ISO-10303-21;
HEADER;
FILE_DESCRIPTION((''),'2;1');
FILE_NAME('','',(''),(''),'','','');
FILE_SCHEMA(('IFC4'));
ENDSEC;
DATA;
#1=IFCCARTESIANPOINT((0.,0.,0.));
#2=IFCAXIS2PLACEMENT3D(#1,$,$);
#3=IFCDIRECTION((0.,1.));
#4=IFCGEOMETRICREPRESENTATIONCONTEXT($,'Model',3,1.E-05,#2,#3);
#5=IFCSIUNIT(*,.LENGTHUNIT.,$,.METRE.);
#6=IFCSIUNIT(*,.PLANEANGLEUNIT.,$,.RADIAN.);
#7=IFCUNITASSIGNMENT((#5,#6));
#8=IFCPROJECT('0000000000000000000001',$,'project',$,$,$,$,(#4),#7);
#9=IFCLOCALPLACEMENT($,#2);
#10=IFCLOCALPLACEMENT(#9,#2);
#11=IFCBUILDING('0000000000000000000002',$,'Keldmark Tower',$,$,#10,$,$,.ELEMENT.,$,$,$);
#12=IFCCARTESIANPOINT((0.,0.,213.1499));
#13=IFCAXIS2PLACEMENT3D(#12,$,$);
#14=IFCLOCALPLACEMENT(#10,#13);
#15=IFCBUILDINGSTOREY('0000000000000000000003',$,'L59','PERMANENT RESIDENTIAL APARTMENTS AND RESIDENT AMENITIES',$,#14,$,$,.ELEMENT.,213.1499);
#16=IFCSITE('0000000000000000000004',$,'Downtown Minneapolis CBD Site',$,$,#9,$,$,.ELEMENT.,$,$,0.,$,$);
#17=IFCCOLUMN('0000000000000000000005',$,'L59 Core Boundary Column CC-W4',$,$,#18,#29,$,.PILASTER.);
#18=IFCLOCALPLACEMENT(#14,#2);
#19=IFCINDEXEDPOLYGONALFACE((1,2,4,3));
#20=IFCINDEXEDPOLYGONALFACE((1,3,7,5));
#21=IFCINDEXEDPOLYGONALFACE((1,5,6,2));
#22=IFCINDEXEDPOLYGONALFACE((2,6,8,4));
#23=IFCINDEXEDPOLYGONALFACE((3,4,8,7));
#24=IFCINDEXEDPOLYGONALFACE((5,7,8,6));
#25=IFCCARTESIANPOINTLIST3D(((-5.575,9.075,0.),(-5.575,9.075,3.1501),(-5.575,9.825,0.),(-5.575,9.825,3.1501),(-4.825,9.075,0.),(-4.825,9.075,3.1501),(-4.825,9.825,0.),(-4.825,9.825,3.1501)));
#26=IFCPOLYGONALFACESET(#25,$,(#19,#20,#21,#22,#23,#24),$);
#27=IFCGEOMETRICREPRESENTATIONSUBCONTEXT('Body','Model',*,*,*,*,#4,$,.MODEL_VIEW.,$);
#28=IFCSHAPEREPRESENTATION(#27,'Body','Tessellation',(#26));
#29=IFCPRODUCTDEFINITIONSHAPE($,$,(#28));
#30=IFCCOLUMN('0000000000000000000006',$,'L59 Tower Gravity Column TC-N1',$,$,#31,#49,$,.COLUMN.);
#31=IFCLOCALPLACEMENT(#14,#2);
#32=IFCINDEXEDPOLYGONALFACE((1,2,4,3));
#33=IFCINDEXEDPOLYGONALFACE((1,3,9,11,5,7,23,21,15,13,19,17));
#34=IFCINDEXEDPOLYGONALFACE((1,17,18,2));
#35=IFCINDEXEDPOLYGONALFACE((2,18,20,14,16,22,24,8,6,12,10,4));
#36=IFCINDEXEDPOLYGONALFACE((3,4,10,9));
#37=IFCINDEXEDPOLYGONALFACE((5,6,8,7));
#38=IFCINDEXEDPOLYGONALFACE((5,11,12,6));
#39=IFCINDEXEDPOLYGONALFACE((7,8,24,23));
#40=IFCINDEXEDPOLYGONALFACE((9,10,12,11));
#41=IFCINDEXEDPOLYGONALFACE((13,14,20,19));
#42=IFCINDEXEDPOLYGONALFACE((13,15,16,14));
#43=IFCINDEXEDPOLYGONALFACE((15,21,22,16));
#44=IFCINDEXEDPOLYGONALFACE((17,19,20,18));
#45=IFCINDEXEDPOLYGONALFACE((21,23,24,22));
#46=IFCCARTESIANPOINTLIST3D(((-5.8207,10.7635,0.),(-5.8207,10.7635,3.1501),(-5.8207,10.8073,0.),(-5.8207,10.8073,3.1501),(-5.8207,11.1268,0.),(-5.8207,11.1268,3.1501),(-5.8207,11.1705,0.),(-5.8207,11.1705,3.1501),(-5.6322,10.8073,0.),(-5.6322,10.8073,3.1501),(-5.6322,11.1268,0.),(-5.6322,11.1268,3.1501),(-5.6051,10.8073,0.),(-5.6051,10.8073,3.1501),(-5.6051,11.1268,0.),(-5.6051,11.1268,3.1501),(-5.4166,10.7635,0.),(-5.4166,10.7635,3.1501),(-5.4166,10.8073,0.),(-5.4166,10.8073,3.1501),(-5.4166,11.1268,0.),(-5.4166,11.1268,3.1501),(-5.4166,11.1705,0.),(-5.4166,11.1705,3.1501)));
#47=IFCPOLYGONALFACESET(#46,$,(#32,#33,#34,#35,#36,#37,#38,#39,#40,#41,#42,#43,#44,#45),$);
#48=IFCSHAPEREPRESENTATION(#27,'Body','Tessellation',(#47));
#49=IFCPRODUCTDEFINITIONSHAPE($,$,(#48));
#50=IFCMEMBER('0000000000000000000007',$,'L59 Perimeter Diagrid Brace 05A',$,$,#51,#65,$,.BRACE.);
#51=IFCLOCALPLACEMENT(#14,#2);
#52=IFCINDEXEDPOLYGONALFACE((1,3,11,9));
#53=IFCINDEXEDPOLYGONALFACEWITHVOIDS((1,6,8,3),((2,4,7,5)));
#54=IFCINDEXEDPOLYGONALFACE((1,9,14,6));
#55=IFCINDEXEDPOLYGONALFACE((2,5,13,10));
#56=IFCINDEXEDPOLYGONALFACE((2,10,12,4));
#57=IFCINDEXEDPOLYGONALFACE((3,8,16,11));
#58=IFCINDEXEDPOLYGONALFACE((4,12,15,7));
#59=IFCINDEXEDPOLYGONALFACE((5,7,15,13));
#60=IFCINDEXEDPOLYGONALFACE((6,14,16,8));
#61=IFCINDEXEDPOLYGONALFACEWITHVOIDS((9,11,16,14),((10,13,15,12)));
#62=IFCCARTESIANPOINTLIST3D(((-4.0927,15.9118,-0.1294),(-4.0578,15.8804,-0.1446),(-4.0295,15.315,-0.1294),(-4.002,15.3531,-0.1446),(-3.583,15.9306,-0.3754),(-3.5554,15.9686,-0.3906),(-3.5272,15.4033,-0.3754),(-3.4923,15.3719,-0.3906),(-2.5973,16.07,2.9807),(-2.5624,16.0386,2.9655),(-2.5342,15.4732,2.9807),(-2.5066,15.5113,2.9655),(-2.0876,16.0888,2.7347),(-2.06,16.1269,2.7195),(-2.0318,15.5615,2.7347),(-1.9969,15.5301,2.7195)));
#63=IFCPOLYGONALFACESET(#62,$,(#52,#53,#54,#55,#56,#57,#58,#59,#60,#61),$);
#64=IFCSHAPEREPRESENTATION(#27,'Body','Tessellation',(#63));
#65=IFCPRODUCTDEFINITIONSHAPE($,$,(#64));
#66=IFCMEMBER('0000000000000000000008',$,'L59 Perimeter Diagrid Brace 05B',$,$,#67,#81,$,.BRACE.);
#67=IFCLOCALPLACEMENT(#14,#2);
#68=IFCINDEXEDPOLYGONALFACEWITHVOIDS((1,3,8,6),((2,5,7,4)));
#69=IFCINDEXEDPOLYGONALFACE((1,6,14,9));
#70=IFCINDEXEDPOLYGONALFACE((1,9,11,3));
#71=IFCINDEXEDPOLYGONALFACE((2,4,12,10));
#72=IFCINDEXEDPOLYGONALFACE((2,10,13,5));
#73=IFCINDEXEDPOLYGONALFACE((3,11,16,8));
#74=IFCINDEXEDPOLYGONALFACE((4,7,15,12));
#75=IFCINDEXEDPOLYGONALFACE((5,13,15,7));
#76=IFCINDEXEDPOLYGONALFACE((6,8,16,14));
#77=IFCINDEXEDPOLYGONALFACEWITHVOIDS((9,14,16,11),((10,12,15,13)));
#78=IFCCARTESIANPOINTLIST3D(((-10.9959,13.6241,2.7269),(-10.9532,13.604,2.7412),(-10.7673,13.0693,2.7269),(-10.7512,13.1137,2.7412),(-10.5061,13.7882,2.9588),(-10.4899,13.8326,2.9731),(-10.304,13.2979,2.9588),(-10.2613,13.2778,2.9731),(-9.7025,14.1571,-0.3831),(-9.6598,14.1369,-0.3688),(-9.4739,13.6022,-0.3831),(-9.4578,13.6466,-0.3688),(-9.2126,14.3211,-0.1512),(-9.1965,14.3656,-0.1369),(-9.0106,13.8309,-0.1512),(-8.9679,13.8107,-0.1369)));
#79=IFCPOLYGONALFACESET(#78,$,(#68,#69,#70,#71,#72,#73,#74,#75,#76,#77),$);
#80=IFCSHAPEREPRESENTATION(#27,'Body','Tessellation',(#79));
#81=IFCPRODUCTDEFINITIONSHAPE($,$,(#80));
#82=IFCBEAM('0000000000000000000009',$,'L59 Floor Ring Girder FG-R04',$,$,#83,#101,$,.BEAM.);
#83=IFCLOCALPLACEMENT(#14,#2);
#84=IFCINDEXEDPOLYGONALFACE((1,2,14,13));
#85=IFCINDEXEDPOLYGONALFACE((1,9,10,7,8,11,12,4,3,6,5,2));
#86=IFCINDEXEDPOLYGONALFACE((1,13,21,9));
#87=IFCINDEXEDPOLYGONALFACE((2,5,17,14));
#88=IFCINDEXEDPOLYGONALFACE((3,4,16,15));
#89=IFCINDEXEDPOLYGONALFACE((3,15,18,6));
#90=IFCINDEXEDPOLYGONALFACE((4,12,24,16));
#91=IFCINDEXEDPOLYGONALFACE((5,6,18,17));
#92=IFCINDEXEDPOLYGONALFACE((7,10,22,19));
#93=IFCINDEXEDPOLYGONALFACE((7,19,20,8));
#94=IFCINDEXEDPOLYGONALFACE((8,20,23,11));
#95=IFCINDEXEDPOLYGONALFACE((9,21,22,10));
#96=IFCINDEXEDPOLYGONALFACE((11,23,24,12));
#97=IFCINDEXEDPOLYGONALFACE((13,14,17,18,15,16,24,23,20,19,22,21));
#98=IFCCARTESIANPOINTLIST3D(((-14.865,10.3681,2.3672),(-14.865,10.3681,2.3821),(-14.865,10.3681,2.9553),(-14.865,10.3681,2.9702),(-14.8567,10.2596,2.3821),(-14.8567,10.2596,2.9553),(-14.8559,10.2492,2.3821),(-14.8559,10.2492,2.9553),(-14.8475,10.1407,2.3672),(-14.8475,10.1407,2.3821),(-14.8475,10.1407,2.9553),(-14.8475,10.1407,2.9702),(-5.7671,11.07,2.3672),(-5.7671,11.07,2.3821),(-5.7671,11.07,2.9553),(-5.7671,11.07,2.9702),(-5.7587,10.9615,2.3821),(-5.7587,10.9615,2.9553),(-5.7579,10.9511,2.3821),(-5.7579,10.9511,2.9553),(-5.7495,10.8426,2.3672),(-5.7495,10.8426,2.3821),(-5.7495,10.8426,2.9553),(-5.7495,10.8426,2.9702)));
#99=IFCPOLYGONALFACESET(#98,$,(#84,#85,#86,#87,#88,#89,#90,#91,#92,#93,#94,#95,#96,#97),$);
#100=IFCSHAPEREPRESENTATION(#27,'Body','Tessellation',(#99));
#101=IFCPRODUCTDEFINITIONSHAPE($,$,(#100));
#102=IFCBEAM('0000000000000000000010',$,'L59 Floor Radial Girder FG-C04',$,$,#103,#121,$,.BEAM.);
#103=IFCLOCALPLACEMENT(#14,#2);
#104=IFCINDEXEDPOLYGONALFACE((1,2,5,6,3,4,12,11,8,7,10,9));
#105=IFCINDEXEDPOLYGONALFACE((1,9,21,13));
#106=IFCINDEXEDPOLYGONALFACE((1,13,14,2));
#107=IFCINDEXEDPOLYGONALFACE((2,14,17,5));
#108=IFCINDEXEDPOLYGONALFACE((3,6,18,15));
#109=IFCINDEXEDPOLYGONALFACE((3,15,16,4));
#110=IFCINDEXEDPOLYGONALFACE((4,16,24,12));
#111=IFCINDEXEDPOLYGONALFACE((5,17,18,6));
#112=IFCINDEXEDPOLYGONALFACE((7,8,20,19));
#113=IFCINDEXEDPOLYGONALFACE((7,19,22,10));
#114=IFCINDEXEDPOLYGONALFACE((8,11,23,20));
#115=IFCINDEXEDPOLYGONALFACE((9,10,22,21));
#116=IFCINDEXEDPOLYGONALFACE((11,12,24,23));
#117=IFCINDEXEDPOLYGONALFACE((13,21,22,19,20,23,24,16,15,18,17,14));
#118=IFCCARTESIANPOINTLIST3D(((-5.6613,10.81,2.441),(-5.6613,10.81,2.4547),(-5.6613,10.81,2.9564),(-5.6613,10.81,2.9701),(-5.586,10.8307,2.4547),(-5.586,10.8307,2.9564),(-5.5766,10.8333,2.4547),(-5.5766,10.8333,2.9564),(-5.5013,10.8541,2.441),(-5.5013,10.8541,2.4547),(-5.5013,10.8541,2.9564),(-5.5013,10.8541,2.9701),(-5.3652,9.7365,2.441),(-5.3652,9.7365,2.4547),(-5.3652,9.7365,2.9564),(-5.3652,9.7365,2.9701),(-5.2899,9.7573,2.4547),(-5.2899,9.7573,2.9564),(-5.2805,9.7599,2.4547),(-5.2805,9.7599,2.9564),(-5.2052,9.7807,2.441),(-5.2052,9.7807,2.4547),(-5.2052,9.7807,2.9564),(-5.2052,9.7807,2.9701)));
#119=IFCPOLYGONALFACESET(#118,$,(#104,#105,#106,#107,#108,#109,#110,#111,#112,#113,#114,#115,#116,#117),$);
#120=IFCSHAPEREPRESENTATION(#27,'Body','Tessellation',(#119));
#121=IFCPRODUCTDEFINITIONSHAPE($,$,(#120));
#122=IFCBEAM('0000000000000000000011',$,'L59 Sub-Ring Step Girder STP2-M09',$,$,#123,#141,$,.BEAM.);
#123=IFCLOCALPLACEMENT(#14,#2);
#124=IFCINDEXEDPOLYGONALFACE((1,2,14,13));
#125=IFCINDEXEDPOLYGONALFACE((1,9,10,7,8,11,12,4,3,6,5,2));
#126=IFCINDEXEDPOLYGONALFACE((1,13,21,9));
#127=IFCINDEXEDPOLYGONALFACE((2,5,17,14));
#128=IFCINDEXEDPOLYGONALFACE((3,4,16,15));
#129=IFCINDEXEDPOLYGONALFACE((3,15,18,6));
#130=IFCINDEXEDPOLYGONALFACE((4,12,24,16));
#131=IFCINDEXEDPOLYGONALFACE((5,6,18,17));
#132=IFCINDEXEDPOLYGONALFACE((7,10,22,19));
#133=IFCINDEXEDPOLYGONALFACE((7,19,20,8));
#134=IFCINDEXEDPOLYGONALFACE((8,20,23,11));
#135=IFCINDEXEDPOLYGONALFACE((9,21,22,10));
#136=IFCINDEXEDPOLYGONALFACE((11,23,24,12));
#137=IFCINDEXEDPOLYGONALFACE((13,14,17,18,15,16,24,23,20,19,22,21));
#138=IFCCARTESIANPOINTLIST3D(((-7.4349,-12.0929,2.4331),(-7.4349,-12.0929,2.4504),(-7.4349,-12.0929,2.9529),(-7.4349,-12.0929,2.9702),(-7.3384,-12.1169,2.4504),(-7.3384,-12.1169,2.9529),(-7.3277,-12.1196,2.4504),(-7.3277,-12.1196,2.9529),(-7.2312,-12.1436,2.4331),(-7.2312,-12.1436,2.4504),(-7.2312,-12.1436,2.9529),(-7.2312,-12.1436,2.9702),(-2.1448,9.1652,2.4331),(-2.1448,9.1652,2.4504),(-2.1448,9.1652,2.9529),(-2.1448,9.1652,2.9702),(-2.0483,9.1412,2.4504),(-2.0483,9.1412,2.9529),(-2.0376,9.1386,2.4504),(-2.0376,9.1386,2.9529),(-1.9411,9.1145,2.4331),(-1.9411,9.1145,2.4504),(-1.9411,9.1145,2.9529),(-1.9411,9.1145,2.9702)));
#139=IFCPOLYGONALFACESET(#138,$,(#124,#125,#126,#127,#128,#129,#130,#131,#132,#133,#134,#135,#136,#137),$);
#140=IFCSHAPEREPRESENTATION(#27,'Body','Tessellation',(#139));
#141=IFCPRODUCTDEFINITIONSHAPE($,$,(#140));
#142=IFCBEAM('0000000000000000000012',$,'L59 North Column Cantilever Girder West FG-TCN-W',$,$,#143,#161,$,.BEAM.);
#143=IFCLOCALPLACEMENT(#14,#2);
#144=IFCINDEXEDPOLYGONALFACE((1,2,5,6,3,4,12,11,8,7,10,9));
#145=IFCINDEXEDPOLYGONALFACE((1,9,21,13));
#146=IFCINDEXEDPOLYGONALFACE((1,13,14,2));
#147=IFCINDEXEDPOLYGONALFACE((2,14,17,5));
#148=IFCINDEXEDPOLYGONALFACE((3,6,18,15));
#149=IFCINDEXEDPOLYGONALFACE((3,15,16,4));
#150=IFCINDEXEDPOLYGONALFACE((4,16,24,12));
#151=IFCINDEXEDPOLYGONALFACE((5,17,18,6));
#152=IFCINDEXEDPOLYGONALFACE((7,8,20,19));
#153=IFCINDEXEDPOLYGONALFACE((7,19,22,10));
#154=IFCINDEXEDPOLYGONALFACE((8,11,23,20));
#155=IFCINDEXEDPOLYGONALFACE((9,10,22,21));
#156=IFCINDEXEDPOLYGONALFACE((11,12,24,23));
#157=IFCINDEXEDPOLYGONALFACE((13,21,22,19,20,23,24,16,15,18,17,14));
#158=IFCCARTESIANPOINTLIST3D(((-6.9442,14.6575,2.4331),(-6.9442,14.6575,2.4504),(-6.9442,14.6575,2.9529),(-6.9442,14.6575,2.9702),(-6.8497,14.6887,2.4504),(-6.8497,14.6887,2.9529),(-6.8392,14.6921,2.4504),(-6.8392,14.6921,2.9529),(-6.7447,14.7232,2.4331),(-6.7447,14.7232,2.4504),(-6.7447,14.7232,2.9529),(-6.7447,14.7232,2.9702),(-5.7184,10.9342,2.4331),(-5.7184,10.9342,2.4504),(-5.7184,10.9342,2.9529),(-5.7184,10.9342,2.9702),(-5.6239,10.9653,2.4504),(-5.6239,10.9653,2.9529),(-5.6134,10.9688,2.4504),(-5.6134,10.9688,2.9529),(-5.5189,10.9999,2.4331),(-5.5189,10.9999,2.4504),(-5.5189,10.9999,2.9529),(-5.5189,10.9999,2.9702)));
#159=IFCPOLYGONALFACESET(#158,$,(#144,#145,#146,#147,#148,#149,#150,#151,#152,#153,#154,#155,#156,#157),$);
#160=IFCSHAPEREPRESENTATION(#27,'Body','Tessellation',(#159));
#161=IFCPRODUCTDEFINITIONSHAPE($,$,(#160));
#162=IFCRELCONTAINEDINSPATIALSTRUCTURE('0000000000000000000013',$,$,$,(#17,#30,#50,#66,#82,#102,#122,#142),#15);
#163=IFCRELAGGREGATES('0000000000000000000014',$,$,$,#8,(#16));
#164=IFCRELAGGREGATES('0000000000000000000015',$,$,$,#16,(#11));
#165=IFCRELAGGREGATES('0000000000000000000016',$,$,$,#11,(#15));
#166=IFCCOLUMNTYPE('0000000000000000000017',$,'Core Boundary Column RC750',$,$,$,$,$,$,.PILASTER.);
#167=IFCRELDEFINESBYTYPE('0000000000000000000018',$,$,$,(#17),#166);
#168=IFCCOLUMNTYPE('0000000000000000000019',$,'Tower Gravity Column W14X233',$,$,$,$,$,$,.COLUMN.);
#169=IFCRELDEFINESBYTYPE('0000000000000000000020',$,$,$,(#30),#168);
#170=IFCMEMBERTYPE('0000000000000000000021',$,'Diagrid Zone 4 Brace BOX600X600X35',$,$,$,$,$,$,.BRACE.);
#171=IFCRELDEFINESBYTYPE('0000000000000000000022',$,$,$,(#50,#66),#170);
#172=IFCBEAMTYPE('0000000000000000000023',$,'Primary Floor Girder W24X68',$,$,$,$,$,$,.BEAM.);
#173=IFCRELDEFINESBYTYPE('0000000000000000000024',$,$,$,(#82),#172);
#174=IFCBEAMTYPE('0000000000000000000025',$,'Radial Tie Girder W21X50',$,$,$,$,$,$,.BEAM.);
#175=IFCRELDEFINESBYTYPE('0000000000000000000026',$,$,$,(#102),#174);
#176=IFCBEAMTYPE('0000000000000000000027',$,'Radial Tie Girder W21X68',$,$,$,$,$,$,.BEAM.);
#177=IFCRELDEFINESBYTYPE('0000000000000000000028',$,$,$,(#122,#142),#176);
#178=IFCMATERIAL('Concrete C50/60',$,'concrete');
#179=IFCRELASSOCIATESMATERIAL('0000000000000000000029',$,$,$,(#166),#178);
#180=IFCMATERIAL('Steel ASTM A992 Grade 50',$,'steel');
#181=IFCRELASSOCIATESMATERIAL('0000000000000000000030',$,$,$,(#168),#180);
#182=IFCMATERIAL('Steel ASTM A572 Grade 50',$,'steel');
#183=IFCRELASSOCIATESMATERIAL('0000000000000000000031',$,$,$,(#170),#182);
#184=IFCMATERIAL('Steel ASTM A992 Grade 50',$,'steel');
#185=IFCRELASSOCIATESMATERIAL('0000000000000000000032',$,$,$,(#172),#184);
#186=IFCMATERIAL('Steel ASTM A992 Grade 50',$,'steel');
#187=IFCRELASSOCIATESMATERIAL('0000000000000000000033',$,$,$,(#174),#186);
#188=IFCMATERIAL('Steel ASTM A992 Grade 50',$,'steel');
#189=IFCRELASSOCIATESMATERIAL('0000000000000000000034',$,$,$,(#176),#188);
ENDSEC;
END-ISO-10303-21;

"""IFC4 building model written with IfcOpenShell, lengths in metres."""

from ifc_helpers import new_model, si_unit, direction, frame, origin, origin_2d, place, context, subcontext, project, spatial, rectangle, hollow_rectangle, i_section, extrude, material, material_profile, profile_set, type_object, element, save


model = new_model("IFC4")

# Units and contexts
model_context = context("Model", 3, precision=1e-05, world=origin(), true_north=direction((0.0, 1.0)))
body_context = subcontext(model_context, "Body", "Model", "MODEL_VIEW")
ifc_project = project(units=[si_unit("LENGTHUNIT", "METRE"), si_unit("PLANEANGLEUNIT", "RADIAN")], contexts=[model_context])

# Site, building, storey
site_placement = place(None, origin())
site = spatial("IfcSite", under=ifc_project, at=site_placement, Name="Downtown Minneapolis CBD Site", CompositionType="ELEMENT", RefElevation=0.0)
building_placement = place(site_placement, origin())
building = spatial("IfcBuilding", under=site, at=building_placement, Name="Keldmark Tower", CompositionType="ELEMENT")
storey_placement = place(building_placement, frame((0.0, 0.0, 213.1499)))
storey = spatial("IfcBuildingStorey", under=building, at=storey_placement, Name="L59", Description="PERMANENT RESIDENTIAL APARTMENTS AND RESIDENT AMENITIES", CompositionType="ELEMENT", Elevation=213.1499)

# Columns
ifc_material_1 = material(Name="Concrete C50/60", Category="concrete")
ifc_material_profile_1 = material_profile(ifc_material_1, rectangle(XDim=0.75, YDim=0.75, at=origin_2d()), Name="RC750X750")
ifc_profile_set_1 = profile_set([ifc_material_profile_1], Name="Concrete C50/60")
column_type_1 = type_object("IfcColumnType", Name="Core Boundary Column RC750", PredefinedType="PILASTER", material=ifc_profile_set_1)
column_1_placement = place(storey_placement, frame((-5.2, 9.45, 0.0), z_axis=(0.0, 0.0, 1.0), x_axis=(1.0, 0.0, 0.0)))
element("IfcColumn", 1, at=column_1_placement, inside=storey, type_object=column_type_1, Name="L59 Core Boundary Column CC-W4", PredefinedType="PILASTER", context=body_context, shape_type="SweptSolid", body=[
    extrude(rectangle(XDim=0.75, YDim=0.75, at=origin_2d()), origin(), (0.0, 0.0, 1.0), 3.1501),
])
ifc_material_2 = material(Name="Steel ASTM A992 Grade 50", Category="steel")
ifc_material_profile_2 = material_profile(ifc_material_2, i_section(OverallWidth=0.4041, OverallDepth=0.407, WebThickness=0.0271, FlangeThickness=0.0437, at=origin_2d()), Name="W14X233")
ifc_profile_set_2 = profile_set([ifc_material_profile_2], Name="Steel ASTM A992 Grade 50")
column_type_2 = type_object("IfcColumnType", Name="Tower Gravity Column W14X233", PredefinedType="COLUMN", material=ifc_profile_set_2)
column_2_placement = place(storey_placement, frame((-5.6187, 10.967, 0.0), z_axis=(0.0, 0.0, 1.0), x_axis=(1.0, 0.0, 0.0)))
element("IfcColumn", 2, at=column_2_placement, inside=storey, type_object=column_type_2, Name="L59 Tower Gravity Column TC-N1", PredefinedType="COLUMN", context=body_context, shape_type="SweptSolid", body=[
    extrude(i_section(OverallWidth=0.4041, OverallDepth=0.407, WebThickness=0.0271, FlangeThickness=0.0437, at=origin_2d()), origin(), (0.0, 0.0, 1.0), 3.1501),
])

# Members
ifc_material_3 = material(Name="Steel ASTM A572 Grade 50", Category="steel")
ifc_material_profile_3 = material_profile(ifc_material_3, hollow_rectangle(XDim=0.6001, YDim=0.6001, WallThickness=0.0349, at=origin_2d()), Name="BOX600X600X35")
ifc_profile_set_3 = profile_set([ifc_material_profile_3], Name="Steel ASTM A572 Grade 50")
member_type = type_object("IfcMemberType", Name="Diagrid Zone 4 Brace BOX600X600X35", PredefinedType="BRACE", material=ifc_profile_set_3)
member_1_placement = place(storey_placement, frame((-3.7925, 15.6418, -0.26), z_axis=(0.432867, 0.045796, 0.900294), x_axis=(-0.105209, 0.99445, 0.0)))
element("IfcMember", 3, at=member_1_placement, inside=storey, type_object=member_type, Name="L59 Perimeter Diagrid Brace 05A", PredefinedType="BRACE", context=body_context, shape_type="SweptSolid", body=[
    extrude(hollow_rectangle(XDim=0.6001, YDim=0.6001, WallThickness=0.0349, at=origin_2d()), origin(), (0.0, 0.0, 1.0), 3.4546),
])
member_2_placement = place(storey_placement, frame((-9.3352, 13.9839, -0.26), z_axis=(-0.379284, -0.156281, 0.911987), x_axis=(0.380969, -0.924588, 0.0)))
element("IfcMember", 4, at=member_2_placement, inside=storey, type_object=member_type, Name="L59 Perimeter Diagrid Brace 05B", PredefinedType="BRACE", context=body_context, shape_type="SweptSolid", body=[
    extrude(hollow_rectangle(XDim=0.6001, YDim=0.6001, WallThickness=0.0349, at=origin_2d()), origin(), (0.0, 0.0, 1.0), 3.4102),
])

# Beams
ifc_material_4 = material(Name="Steel ASTM A992 Grade 50", Category="steel")
ifc_material_profile_4 = material_profile(ifc_material_4, i_section(OverallWidth=0.228, OverallDepth=0.603, WebThickness=0.0105, FlangeThickness=0.0149, at=origin_2d()), Name="W24X68")
ifc_profile_set_4 = profile_set([ifc_material_profile_4], Name="Steel ASTM A992 Grade 50")
beam_type_1 = type_object("IfcBeamType", Name="Primary Floor Girder W24X68", PredefinedType="BEAM", material=ifc_profile_set_4)
beam_1_placement = place(storey_placement, frame((-5.7583, 10.9563, 2.6687), z_axis=(-0.997037, -0.076922, 0.0), x_axis=(0.076922, -0.997037, 0.0)))
element("IfcBeam", 5, at=beam_1_placement, inside=storey, type_object=beam_type_1, Name="L59 Floor Ring Girder FG-R04", PredefinedType="BEAM", context=body_context, shape_type="SweptSolid", body=[
    extrude(i_section(OverallWidth=0.228, OverallDepth=0.603, WebThickness=0.0105, FlangeThickness=0.0149, at=origin_2d()), origin(), (0.0, 0.0, 1.0), 9.125),
])
ifc_material_5 = material(Name="Steel ASTM A992 Grade 50", Category="steel")
ifc_material_profile_5 = material_profile(ifc_material_5, i_section(OverallWidth=0.166, OverallDepth=0.5291, WebThickness=0.0098, FlangeThickness=0.0137, at=origin_2d()), Name="W21X50")
ifc_profile_set_5 = profile_set([ifc_material_profile_5], Name="Steel ASTM A992 Grade 50")
beam_type_2 = type_object("IfcBeamType", Name="Radial Tie Girder W21X50", PredefinedType="BEAM", material=ifc_profile_set_5)
beam_2_placement = place(storey_placement, frame((-5.5813, 10.832, 2.7056), z_axis=(0.265936, -0.963991, 0.0), x_axis=(0.963991, 0.265936, 0.0)))
element("IfcBeam", 6, at=beam_2_placement, inside=storey, type_object=beam_type_2, Name="L59 Floor Radial Girder FG-C04", PredefinedType="BEAM", context=body_context, shape_type="SweptSolid", body=[
    extrude(i_section(OverallWidth=0.166, OverallDepth=0.5291, WebThickness=0.0098, FlangeThickness=0.0137, at=origin_2d()), origin(), (0.0, 0.0, 1.0), 1.1135),
])
ifc_material_6 = material(Name="Steel ASTM A992 Grade 50", Category="steel")
ifc_material_profile_6 = material_profile(ifc_material_6, i_section(OverallWidth=0.21, OverallDepth=0.5371, WebThickness=0.011, FlangeThickness=0.0173, at=origin_2d()), Name="W21X68")
ifc_profile_set_6 = profile_set([ifc_material_profile_6], Name="Steel ASTM A992 Grade 50")
beam_type_3 = type_object("IfcBeamType", Name="Radial Tie Girder W21X68", PredefinedType="BEAM", material=ifc_profile_set_6)
beam_3_placement = place(storey_placement, frame((-2.043, 9.1399, 2.7017), z_axis=(-0.241484, -0.970405, 0.0), x_axis=(0.970405, -0.241484, 0.0)))
element("IfcBeam", 7, at=beam_3_placement, inside=storey, type_object=beam_type_3, Name="L59 Sub-Ring Step Girder STP2-M09", PredefinedType="BEAM", context=body_context, shape_type="SweptSolid", body=[
    extrude(i_section(OverallWidth=0.21, OverallDepth=0.5371, WebThickness=0.011, FlangeThickness=0.0173, at=origin_2d()), origin(), (0.0, 0.0, 1.0), 21.9065),
])
beam_4_placement = place(storey_placement, frame((-5.6187, 10.967, 2.7017), z_axis=(-0.312713, 0.949848, 0.0), x_axis=(-0.949848, -0.312713, 0.0)))
element("IfcBeam", 8, at=beam_4_placement, inside=storey, type_object=beam_type_3, Name="L59 North Column Cantilever Girder West FG-TCN-W", PredefinedType="BEAM", context=body_context, shape_type="SweptSolid", body=[
    extrude(i_section(OverallWidth=0.21, OverallDepth=0.5371, WebThickness=0.011, FlangeThickness=0.0173, at=origin_2d()), origin(), (0.0, 0.0, 1.0), 3.9199),
])

save(model, "model.ifc")
